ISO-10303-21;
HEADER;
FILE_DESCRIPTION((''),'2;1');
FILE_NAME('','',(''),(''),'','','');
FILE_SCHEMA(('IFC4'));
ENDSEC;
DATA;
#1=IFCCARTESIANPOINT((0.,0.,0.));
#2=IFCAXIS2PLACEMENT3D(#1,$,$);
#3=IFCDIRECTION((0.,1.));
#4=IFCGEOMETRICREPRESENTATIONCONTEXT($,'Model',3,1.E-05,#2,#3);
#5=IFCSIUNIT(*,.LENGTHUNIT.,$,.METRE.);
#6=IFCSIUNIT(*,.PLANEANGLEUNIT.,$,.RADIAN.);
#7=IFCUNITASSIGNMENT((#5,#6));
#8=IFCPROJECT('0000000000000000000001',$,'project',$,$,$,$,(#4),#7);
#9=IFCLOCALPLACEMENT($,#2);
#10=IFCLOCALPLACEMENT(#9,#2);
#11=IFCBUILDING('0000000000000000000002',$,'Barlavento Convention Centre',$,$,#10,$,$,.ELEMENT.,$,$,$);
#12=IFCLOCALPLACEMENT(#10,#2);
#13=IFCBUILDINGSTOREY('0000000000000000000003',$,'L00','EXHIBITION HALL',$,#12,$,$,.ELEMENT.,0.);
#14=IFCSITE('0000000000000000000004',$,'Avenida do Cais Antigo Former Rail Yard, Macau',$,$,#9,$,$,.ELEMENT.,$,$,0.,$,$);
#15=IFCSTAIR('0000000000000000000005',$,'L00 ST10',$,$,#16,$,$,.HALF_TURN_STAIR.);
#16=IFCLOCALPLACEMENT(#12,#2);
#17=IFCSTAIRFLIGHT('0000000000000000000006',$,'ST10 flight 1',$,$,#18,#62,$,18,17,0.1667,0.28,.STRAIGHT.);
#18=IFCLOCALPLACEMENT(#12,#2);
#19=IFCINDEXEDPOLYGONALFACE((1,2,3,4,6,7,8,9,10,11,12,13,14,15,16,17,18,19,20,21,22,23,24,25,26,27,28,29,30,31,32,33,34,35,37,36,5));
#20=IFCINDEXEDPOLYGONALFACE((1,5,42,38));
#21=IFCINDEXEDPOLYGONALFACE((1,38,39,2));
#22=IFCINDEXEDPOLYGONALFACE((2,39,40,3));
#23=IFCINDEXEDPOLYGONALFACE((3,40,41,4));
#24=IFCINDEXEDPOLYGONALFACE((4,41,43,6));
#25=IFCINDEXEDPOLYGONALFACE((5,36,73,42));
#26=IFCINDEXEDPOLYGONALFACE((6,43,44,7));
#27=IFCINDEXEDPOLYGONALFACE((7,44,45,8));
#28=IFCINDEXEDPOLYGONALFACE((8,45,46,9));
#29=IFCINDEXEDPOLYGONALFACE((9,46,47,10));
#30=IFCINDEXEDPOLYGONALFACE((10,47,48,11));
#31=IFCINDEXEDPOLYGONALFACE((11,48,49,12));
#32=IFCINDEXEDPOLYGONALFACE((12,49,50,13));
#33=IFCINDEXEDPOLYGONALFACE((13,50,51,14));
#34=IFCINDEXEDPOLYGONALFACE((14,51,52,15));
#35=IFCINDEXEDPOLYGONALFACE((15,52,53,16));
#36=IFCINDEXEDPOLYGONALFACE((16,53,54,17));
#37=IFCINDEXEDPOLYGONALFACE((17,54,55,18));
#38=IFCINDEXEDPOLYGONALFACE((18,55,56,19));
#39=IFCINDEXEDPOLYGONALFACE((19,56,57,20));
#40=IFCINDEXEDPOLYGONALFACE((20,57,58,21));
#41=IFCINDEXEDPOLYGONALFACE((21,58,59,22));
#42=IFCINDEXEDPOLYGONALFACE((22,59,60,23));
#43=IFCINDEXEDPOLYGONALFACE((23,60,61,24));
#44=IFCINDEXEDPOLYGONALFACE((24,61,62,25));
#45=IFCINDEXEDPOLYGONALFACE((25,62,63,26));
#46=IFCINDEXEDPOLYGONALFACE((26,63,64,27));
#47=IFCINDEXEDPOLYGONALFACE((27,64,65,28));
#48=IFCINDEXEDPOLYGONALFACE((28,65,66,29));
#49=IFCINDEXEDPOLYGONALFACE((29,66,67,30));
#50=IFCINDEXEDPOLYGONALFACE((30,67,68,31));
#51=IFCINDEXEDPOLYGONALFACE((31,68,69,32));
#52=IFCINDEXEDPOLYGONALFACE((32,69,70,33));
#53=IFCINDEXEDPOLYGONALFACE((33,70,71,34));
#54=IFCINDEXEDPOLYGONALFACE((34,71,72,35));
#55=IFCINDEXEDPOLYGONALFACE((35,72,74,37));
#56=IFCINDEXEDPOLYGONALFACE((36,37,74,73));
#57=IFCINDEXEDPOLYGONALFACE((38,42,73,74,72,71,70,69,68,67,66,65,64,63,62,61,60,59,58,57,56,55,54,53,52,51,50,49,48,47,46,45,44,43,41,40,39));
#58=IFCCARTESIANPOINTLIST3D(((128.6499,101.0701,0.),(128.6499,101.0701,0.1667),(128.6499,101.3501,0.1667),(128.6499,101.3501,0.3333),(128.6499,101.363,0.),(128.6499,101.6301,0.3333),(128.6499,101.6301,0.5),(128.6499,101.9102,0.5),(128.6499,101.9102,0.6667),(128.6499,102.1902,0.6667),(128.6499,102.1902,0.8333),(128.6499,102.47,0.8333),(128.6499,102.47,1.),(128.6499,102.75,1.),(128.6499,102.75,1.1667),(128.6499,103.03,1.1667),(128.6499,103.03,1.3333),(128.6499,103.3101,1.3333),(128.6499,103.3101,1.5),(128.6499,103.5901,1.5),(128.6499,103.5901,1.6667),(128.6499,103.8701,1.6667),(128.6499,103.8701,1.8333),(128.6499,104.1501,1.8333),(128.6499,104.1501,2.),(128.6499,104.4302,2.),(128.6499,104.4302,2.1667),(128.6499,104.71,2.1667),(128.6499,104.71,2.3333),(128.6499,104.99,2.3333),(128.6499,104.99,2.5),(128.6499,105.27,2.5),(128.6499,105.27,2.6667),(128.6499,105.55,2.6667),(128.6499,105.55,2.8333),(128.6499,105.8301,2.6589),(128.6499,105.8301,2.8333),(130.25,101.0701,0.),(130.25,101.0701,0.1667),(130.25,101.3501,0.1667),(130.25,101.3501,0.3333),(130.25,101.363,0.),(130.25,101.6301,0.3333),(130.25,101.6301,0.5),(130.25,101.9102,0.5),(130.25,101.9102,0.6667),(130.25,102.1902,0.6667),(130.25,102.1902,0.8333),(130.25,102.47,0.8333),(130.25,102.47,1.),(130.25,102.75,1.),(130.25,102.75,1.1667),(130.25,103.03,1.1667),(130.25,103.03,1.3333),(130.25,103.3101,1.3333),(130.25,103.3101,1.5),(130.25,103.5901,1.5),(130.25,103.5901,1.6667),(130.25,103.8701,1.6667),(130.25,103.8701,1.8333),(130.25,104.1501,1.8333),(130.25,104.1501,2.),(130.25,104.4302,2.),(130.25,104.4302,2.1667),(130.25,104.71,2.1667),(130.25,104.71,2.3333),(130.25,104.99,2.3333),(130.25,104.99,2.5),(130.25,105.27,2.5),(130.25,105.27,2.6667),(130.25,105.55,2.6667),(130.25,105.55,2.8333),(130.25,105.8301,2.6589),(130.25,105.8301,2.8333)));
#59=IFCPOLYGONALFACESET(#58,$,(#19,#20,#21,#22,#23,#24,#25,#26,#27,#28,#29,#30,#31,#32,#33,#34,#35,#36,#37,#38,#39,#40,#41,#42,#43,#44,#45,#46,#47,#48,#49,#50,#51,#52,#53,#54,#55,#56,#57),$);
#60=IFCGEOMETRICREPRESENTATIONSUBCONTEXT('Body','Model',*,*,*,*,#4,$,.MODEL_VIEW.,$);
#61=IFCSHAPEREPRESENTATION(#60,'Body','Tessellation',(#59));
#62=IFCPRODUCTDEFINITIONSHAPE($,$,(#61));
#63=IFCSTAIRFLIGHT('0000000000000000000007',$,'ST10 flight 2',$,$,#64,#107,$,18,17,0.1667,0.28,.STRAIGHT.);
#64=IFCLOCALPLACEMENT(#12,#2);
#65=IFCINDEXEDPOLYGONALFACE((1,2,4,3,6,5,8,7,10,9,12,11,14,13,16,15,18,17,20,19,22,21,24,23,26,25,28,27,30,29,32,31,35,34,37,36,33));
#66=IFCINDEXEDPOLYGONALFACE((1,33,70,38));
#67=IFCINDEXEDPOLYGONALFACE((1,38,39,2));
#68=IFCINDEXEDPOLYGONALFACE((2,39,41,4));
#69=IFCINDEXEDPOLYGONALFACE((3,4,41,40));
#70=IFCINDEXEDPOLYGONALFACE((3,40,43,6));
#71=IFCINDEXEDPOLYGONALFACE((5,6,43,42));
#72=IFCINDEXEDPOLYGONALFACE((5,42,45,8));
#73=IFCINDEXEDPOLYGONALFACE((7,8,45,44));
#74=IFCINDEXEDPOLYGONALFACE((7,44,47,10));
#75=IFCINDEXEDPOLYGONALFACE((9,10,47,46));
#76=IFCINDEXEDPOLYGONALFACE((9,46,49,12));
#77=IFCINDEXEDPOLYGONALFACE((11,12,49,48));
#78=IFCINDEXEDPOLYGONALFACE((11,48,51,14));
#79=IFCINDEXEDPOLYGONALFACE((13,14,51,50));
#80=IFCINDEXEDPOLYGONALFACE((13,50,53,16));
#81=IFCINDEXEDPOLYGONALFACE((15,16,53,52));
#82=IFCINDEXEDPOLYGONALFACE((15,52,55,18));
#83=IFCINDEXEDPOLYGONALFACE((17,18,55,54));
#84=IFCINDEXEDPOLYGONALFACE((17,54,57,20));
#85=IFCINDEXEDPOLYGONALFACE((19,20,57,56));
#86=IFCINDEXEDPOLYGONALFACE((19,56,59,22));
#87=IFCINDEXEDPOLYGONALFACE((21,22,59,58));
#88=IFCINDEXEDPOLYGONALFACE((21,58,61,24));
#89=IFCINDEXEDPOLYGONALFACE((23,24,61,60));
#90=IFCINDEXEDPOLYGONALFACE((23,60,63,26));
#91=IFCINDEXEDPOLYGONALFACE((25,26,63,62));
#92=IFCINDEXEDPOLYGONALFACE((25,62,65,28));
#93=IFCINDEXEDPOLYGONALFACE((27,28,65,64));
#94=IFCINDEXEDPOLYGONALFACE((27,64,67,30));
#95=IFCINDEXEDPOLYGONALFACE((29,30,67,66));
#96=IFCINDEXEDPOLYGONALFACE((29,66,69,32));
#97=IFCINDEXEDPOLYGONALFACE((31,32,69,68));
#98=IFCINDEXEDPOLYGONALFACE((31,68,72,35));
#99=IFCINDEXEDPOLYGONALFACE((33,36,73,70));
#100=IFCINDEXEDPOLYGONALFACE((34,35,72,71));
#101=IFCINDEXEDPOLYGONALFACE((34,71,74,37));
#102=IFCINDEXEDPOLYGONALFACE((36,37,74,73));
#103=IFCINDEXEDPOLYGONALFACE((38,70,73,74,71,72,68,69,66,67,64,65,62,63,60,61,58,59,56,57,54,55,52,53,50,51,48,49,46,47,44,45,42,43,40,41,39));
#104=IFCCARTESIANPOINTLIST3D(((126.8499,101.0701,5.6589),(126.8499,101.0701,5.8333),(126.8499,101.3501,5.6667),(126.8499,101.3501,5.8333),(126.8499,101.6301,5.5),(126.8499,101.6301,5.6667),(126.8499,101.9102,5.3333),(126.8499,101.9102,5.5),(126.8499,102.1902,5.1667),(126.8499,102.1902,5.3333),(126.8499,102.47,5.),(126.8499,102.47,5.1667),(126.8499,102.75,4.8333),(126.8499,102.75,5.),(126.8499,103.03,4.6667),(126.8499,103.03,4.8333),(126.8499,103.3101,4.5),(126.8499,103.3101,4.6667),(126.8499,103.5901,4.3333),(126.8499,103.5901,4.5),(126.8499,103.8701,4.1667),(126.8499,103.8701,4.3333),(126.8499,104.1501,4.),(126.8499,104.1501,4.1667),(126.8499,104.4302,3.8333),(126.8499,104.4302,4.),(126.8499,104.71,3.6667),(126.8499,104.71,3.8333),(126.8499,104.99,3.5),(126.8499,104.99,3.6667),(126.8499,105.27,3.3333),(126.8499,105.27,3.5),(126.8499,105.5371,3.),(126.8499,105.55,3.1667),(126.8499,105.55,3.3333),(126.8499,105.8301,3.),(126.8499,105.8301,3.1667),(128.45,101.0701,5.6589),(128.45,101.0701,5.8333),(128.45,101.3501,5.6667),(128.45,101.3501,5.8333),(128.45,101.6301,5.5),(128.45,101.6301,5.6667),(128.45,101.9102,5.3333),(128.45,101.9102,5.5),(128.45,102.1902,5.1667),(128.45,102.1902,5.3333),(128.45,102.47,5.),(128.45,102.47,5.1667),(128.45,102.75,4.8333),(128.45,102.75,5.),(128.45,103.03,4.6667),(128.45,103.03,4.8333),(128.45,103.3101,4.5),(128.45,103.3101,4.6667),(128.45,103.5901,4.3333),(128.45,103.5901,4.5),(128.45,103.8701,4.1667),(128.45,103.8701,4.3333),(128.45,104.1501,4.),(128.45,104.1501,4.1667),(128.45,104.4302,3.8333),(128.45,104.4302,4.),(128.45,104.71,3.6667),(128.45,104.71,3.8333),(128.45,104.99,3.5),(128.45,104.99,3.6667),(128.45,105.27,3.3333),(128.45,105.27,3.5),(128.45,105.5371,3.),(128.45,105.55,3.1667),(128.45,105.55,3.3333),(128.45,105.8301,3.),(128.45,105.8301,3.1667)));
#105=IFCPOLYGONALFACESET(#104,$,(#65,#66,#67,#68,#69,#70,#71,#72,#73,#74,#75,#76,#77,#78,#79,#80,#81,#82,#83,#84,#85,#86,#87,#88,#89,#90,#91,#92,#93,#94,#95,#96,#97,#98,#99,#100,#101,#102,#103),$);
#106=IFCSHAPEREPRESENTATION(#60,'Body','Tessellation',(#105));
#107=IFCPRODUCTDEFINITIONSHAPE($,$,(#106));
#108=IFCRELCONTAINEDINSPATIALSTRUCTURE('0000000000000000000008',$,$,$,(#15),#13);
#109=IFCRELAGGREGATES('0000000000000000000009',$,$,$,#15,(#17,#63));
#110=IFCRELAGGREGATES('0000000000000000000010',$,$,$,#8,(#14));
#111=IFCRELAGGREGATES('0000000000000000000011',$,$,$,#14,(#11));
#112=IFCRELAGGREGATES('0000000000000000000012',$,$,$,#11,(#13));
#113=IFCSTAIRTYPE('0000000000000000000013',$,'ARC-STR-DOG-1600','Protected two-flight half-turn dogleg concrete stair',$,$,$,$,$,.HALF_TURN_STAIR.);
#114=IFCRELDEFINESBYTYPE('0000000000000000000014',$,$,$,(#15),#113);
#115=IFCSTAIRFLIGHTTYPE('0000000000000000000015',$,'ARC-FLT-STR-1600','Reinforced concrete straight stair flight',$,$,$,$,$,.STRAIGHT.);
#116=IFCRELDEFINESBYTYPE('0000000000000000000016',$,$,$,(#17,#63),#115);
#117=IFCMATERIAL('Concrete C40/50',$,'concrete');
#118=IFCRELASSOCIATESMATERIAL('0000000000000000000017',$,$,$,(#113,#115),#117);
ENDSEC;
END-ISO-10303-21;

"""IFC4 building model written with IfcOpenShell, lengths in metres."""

from ifc_helpers import new_model, si_unit, direction, frame, origin, place, context, subcontext, project, spatial, polyline, outline, extrude, material, type_object, element, aggregate, save


model = new_model("IFC4")

# Units and contexts
model_context = context("Model", 3, precision=1e-05, world=origin(), true_north=direction((0.0, 1.0)))
body_context = subcontext(model_context, "Body", "Model", "MODEL_VIEW")
ifc_project = project(units=[si_unit("LENGTHUNIT", "METRE"), si_unit("PLANEANGLEUNIT", "RADIAN")], contexts=[model_context])

# Site, building, storey
site_placement = place(None, origin())
site = spatial("IfcSite", under=ifc_project, at=site_placement, Name="Avenida do Cais Antigo Former Rail Yard, Macau", CompositionType="ELEMENT", RefElevation=0.0)
building_placement = place(site_placement, origin())
building = spatial("IfcBuilding", under=site, at=building_placement, Name="Barlavento Convention Centre", CompositionType="ELEMENT")
storey_placement = place(building_placement, origin())
storey = spatial("IfcBuildingStorey", under=building, at=storey_placement, Name="L00", Description="EXHIBITION HALL", CompositionType="ELEMENT", Elevation=0.0)

# Stair, stair flights
ifc_material_1 = material(Name="Concrete C40/50", Category="concrete")
stair_type = type_object("IfcStairType", Name="ARC-STR-DOG-1600", Description="Protected two-flight half-turn dogleg concrete stair", PredefinedType="HALF_TURN_STAIR", material=ifc_material_1)
stair_placement = place(storey_placement, origin())
stair = element("IfcStair", 1, at=stair_placement, inside=storey, type_object=stair_type, Name="L00 ST10", PredefinedType="HALF_TURN_STAIR")
stair_flight_type = type_object("IfcStairFlightType", Name="ARC-FLT-STR-1600", Description="Reinforced concrete straight stair flight", PredefinedType="STRAIGHT", material=ifc_material_1)
stair_flight_1_placement = place(storey_placement, frame((129.45, 101.0701, 0.0), z_axis=(0.0, 0.0, 1.0), x_axis=(0.0, 1.0, 0.0)))
stair_flight_1 = element("IfcStairFlight", 2, at=stair_flight_1_placement, type_object=stair_flight_type, Name="ST10 flight 1", NumberOfRisers=18, NumberOfTreads=17, PredefinedType="STRAIGHT", RiserHeight=0.1667, TreadLength=0.28, context=body_context, shape_type="SweptSolid", body=[
    extrude(outline(polyline([(0.0, 0.0), (0.0, 0.1667), (0.28, 0.1667), (0.28, 0.3333), (0.5601, 0.3333), (0.5601, 0.5), (0.8401, 0.5), (0.8401, 0.6667), (1.1201, 0.6667), (1.1201, 0.8333), (1.3999, 0.8333), (1.3999, 1.0), (1.6799, 1.0), (1.6799, 1.1667), (1.96, 1.1667), (1.96, 1.3333), (2.24, 1.3333), (2.24, 1.5), (2.52, 1.5), (2.52, 1.6667), (2.8, 1.6667), (2.8, 1.8333), (3.0801, 1.8333), (3.0801, 2.0), (3.3601, 2.0), (3.3601, 2.1667), (3.6399, 2.1667), (3.6399, 2.3333), (3.9199, 2.3333), (3.9199, 2.5), (4.2, 2.5), (4.2, 2.6667), (4.48, 2.6667), (4.48, 2.8333), (4.76, 2.8333), (4.76, 3.0), (4.76, 2.6589), (0.293, 0.0), (0.0, 0.0)])), frame((0.0, 0.8, 0.0), z_axis=(0.0, -1.0, 0.0), x_axis=(1.0, 0.0, 0.0)), (0.0, 0.0, 1.0), 1.6001),
])
stair_flight_2_placement = place(storey_placement, frame((127.6499, 105.8301, 3.0), z_axis=(0.0, 0.0, 1.0), x_axis=(0.0, -1.0, 0.0)))
stair_flight_2 = element("IfcStairFlight", 3, at=stair_flight_2_placement, type_object=stair_flight_type, Name="ST10 flight 2", NumberOfRisers=18, NumberOfTreads=17, PredefinedType="STRAIGHT", RiserHeight=0.1667, TreadLength=0.28, context=body_context, shape_type="SweptSolid", body=[
    extrude(outline(polyline([(0.0, 0.0), (0.0, 0.1667), (0.28, 0.1667), (0.28, 0.3333), (0.5601, 0.3333), (0.5601, 0.5), (0.8401, 0.5), (0.8401, 0.6667), (1.1201, 0.6667), (1.1201, 0.8333), (1.3999, 0.8333), (1.3999, 1.0), (1.6799, 1.0), (1.6799, 1.1667), (1.96, 1.1667), (1.96, 1.3333), (2.24, 1.3333), (2.24, 1.5), (2.52, 1.5), (2.52, 1.6667), (2.8, 1.6667), (2.8, 1.8333), (3.0801, 1.8333), (3.0801, 2.0), (3.3601, 2.0), (3.3601, 2.1667), (3.6399, 2.1667), (3.6399, 2.3333), (3.9199, 2.3333), (3.9199, 2.5), (4.2, 2.5), (4.2, 2.6667), (4.48, 2.6667), (4.48, 2.8333), (4.76, 2.8333), (4.76, 3.0), (4.76, 2.6589), (0.293, 0.0), (0.0, 0.0)])), frame((0.0, 0.8, 0.0), z_axis=(0.0, -1.0, 0.0), x_axis=(1.0, 0.0, 0.0)), (0.0, 0.0, 1.0), 1.6001),
])
aggregate(stair, [stair_flight_1, stair_flight_2])

save(model, "model.ifc")
